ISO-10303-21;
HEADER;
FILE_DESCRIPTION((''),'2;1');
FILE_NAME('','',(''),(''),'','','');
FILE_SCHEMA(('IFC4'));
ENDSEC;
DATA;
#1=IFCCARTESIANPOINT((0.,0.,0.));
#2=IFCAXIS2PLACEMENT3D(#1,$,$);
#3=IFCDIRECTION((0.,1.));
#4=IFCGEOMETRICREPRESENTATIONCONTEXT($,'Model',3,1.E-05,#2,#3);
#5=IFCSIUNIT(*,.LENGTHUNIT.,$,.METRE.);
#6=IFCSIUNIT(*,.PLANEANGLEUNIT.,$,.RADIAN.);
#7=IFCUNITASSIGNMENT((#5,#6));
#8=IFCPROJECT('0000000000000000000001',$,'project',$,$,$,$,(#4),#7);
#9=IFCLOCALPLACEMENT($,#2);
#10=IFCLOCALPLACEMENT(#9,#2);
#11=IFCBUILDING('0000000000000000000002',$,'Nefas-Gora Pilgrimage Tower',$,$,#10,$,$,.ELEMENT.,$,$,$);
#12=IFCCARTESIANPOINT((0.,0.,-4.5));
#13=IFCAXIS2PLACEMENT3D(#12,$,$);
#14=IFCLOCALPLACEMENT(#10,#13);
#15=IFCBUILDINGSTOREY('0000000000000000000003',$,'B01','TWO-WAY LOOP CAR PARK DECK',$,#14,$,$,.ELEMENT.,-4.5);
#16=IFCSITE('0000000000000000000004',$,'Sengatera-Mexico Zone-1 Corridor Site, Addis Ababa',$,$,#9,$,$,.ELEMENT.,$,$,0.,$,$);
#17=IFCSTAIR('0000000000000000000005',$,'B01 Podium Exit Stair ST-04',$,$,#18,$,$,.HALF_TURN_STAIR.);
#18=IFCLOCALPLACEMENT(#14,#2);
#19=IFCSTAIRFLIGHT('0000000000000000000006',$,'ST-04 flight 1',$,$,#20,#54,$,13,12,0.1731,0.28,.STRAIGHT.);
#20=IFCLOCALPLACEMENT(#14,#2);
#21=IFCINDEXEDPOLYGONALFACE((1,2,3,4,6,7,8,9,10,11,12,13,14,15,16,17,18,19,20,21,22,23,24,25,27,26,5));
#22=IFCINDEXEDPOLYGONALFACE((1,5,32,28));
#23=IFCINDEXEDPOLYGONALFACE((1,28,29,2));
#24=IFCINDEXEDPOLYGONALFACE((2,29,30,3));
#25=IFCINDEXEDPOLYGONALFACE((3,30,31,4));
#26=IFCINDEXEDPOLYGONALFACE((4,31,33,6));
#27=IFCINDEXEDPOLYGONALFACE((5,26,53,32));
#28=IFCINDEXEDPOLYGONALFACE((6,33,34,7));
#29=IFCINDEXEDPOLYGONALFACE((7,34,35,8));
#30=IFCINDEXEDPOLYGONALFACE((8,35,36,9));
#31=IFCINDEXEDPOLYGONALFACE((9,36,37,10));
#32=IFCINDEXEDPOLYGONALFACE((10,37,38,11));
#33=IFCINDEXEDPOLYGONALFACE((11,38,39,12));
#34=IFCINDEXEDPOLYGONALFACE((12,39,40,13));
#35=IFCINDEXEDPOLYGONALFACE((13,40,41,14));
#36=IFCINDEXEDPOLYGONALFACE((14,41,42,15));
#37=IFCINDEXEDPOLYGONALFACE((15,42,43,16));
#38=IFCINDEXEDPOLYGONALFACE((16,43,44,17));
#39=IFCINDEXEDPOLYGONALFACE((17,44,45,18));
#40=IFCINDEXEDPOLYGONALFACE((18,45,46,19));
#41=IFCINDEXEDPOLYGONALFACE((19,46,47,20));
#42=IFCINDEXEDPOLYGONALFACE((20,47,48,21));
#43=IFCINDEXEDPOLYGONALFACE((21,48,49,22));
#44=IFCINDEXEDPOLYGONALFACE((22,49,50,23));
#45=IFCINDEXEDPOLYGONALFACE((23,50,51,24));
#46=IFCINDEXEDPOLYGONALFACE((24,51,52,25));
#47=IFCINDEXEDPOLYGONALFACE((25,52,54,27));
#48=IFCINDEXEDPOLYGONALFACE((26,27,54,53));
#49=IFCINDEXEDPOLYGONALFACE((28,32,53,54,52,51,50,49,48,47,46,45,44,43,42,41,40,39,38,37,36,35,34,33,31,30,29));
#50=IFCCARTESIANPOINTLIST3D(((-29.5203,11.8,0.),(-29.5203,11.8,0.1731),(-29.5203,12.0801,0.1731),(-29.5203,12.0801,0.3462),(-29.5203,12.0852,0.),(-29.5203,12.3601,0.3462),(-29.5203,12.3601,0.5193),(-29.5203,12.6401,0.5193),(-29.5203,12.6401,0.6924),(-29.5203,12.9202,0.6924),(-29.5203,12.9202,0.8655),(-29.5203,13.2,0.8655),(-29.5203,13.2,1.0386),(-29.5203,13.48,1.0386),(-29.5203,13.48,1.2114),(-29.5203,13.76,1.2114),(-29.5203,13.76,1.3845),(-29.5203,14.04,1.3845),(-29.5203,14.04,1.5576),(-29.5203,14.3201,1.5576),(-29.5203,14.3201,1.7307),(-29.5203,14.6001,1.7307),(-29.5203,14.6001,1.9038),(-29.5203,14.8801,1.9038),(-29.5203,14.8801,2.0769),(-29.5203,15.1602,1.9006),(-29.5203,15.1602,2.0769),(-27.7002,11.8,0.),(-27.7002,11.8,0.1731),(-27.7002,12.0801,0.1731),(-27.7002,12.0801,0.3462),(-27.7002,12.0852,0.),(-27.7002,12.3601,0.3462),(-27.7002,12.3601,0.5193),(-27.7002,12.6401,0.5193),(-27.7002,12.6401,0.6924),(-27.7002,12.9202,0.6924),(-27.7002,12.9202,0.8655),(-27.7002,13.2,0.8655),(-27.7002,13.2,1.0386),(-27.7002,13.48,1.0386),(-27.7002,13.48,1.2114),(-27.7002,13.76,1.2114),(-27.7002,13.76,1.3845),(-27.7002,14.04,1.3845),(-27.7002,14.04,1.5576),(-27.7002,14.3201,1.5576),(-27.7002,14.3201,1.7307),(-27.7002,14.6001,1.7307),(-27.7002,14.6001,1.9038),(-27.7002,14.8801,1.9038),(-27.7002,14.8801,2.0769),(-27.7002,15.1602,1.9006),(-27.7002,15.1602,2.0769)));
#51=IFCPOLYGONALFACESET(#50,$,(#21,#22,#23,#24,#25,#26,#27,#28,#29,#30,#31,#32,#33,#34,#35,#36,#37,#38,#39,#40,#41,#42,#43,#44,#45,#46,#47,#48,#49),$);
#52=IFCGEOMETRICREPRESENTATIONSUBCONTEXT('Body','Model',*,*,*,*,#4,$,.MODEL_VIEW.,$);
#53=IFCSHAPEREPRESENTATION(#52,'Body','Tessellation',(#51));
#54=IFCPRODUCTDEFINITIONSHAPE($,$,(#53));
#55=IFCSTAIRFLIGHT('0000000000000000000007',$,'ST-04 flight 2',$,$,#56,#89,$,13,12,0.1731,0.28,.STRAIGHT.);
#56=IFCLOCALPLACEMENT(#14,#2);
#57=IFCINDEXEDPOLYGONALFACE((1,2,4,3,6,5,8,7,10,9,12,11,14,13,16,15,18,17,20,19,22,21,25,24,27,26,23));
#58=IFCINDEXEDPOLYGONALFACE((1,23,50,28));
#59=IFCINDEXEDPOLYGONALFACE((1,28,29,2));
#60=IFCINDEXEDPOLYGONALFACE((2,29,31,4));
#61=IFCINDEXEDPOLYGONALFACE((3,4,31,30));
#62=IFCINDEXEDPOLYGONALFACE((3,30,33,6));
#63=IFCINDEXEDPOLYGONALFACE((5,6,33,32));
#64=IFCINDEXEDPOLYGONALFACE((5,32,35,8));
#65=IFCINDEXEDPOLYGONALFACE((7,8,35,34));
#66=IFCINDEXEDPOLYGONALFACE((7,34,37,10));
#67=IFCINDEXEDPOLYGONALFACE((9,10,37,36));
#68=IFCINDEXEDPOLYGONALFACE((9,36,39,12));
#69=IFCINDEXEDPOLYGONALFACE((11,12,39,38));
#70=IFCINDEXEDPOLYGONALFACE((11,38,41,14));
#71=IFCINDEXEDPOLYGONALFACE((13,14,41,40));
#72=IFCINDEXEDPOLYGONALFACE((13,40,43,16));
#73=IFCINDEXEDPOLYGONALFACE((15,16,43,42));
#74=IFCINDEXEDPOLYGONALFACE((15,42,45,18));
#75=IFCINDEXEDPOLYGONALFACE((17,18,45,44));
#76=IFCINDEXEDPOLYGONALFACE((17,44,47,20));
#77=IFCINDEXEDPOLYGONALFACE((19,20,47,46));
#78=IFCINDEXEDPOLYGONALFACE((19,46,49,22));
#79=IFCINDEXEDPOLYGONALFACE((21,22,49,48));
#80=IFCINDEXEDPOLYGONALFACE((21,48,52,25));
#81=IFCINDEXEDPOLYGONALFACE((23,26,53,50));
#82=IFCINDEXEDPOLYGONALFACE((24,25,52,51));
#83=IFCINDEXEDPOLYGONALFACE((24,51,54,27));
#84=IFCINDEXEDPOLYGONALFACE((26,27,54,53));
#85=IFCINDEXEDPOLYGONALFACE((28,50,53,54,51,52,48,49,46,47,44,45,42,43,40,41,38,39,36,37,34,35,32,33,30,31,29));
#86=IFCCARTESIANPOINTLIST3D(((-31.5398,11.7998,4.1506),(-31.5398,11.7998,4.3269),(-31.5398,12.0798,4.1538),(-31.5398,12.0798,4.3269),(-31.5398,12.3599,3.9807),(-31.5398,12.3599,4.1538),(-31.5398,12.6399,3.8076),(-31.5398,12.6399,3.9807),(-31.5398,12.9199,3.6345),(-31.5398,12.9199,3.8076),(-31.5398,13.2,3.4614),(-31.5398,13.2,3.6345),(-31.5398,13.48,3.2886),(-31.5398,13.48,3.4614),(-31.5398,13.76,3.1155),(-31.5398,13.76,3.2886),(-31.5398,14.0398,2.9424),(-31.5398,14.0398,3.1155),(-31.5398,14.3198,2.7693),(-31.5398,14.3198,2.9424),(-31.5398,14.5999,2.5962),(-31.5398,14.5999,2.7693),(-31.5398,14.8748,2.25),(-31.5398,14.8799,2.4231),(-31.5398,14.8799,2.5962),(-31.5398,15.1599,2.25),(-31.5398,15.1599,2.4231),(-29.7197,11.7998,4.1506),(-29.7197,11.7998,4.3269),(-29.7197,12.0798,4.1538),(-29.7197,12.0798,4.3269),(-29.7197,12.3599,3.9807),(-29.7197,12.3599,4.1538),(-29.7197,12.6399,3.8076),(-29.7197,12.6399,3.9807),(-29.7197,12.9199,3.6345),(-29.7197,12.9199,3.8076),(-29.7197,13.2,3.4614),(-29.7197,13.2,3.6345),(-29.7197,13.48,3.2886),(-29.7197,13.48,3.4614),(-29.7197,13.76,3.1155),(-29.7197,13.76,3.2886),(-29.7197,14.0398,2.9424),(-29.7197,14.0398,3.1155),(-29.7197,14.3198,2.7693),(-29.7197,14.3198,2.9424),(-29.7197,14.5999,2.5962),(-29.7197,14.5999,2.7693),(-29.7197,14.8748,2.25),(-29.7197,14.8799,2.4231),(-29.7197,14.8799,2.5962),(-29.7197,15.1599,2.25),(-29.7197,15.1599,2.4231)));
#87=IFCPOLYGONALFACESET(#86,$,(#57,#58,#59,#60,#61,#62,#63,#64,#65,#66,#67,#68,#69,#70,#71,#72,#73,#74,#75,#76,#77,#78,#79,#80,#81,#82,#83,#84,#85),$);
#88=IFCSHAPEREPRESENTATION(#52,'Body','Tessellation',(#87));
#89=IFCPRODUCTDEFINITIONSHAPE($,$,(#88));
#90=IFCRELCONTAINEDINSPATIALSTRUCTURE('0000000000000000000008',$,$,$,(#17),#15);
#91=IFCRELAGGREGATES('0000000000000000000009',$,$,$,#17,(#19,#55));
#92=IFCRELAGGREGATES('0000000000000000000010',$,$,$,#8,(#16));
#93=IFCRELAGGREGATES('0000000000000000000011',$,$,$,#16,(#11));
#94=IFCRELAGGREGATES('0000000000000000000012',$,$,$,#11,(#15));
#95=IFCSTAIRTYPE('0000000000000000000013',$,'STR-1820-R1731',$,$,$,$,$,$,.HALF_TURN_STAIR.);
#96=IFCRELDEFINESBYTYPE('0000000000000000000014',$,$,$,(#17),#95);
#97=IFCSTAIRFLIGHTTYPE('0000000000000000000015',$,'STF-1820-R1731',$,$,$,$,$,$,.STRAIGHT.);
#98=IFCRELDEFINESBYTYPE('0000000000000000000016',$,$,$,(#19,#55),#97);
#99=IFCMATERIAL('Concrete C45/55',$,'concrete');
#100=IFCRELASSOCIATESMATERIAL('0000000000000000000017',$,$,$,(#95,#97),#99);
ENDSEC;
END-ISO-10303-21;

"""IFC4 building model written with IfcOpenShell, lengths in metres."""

from ifc_helpers import new_model, si_unit, direction, frame, origin, place, context, subcontext, project, spatial, polyline, outline, extrude, source, transform, mapped, material, type_object, element, aggregate, save


model = new_model("IFC4")

# Units and contexts
model_context = context("Model", 3, precision=1e-05, world=origin(), true_north=direction((0.0, 1.0)))
body_context = subcontext(model_context, "Body", "Model", "MODEL_VIEW")
ifc_project = project(units=[si_unit("LENGTHUNIT", "METRE"), si_unit("PLANEANGLEUNIT", "RADIAN")], contexts=[model_context])

# Site, building, storey
site_placement = place(None, origin())
site = spatial("IfcSite", under=ifc_project, at=site_placement, Name="Sengatera-Mexico Zone-1 Corridor Site, Addis Ababa", CompositionType="ELEMENT", RefElevation=0.0)
building_placement = place(site_placement, origin())
building = spatial("IfcBuilding", under=site, at=building_placement, Name="Nefas-Gora Pilgrimage Tower", CompositionType="ELEMENT")
storey_placement = place(building_placement, frame((0.0, 0.0, -4.5)))
storey = spatial("IfcBuildingStorey", under=building, at=storey_placement, Name="B01", Description="TWO-WAY LOOP CAR PARK DECK", CompositionType="ELEMENT", Elevation=-4.5)

# Shared definitions
ifc_material_1 = material(Name="Concrete C45/55", Category="concrete")

# Stair, stair flights
stair_type = type_object("IfcStairType", Name="STR-1820-R1731", PredefinedType="HALF_TURN_STAIR", material=ifc_material_1)
stair_placement = place(storey_placement, origin())
stair = element("IfcStair", 1, at=stair_placement, inside=storey, type_object=stair_type, Name="B01 Podium Exit Stair ST-04", PredefinedType="HALF_TURN_STAIR")
stair_flight_type = type_object("IfcStairFlightType", Name="STF-1820-R1731", PredefinedType="STRAIGHT", material=ifc_material_1)
shared_shape_1 = source(origin(), body_context, "Body", "SweptSolid", [
    extrude(outline(polyline([(0.0, 0.0), (0.0, 0.1731), (0.28, 0.1731), (0.28, 0.3462), (0.5601, 0.3462), (0.5601, 0.5193), (0.8401, 0.5193), (0.8401, 0.6924), (1.1201, 0.6924), (1.1201, 0.8655), (1.3999, 0.8655), (1.3999, 1.0386), (1.6799, 1.0386), (1.6799, 1.2114), (1.96, 1.2114), (1.96, 1.3845), (2.24, 1.3845), (2.24, 1.5576), (2.52, 1.5576), (2.52, 1.7307), (2.8, 1.7307), (2.8, 1.9038), (3.0801, 1.9038), (3.0801, 2.0769), (3.3601, 2.0769), (3.3601, 2.25), (3.3601, 1.9006), (0.2852, 0.0), (0.0, 0.0)])), frame((0.0, 0.9102, 0.0), z_axis=(0.0, -1.0, 0.0), x_axis=(1.0, 0.0, 0.0)), (0.0, 0.0, 1.0), 1.8201),
])
stair_flight_1_placement = place(storey_placement, frame((-28.6101, 11.8, 0.0), z_axis=(0.0, 0.0, 1.0), x_axis=(0.0, 1.0, 0.0)))
stair_flight_1 = element("IfcStairFlight", 2, at=stair_flight_1_placement, type_object=stair_flight_type, Name="ST-04 flight 1", NumberOfRisers=13, NumberOfTreads=12, PredefinedType="STRAIGHT", RiserHeight=0.1731, TreadLength=0.28, context=body_context, shape_type="MappedRepresentation", body=[
    mapped(shared_shape_1, transform((0.0, 0.0, 0.0), x_axis=(1.0, 0.0, 0.0), y_axis=(0.0, 1.0, 0.0), z_axis=(0.0, 0.0, 1.0), scale=1.0)),
])
stair_flight_2_placement = place(storey_placement, frame((-30.6299, 15.1599, 2.25), z_axis=(0.0, 0.0, 1.0), x_axis=(0.0, -1.0, 0.0)))
stair_flight_2 = element("IfcStairFlight", 3, at=stair_flight_2_placement, type_object=stair_flight_type, Name="ST-04 flight 2", NumberOfRisers=13, NumberOfTreads=12, PredefinedType="STRAIGHT", RiserHeight=0.1731, TreadLength=0.28, context=body_context, shape_type="MappedRepresentation", body=[
    mapped(shared_shape_1, transform((0.0, 0.0, 0.0), x_axis=(1.0, 0.0, 0.0), y_axis=(0.0, 1.0, 0.0), z_axis=(0.0, 0.0, 1.0), scale=1.0)),
])
aggregate(stair, [stair_flight_1, stair_flight_2])

save(model, "model.ifc")
